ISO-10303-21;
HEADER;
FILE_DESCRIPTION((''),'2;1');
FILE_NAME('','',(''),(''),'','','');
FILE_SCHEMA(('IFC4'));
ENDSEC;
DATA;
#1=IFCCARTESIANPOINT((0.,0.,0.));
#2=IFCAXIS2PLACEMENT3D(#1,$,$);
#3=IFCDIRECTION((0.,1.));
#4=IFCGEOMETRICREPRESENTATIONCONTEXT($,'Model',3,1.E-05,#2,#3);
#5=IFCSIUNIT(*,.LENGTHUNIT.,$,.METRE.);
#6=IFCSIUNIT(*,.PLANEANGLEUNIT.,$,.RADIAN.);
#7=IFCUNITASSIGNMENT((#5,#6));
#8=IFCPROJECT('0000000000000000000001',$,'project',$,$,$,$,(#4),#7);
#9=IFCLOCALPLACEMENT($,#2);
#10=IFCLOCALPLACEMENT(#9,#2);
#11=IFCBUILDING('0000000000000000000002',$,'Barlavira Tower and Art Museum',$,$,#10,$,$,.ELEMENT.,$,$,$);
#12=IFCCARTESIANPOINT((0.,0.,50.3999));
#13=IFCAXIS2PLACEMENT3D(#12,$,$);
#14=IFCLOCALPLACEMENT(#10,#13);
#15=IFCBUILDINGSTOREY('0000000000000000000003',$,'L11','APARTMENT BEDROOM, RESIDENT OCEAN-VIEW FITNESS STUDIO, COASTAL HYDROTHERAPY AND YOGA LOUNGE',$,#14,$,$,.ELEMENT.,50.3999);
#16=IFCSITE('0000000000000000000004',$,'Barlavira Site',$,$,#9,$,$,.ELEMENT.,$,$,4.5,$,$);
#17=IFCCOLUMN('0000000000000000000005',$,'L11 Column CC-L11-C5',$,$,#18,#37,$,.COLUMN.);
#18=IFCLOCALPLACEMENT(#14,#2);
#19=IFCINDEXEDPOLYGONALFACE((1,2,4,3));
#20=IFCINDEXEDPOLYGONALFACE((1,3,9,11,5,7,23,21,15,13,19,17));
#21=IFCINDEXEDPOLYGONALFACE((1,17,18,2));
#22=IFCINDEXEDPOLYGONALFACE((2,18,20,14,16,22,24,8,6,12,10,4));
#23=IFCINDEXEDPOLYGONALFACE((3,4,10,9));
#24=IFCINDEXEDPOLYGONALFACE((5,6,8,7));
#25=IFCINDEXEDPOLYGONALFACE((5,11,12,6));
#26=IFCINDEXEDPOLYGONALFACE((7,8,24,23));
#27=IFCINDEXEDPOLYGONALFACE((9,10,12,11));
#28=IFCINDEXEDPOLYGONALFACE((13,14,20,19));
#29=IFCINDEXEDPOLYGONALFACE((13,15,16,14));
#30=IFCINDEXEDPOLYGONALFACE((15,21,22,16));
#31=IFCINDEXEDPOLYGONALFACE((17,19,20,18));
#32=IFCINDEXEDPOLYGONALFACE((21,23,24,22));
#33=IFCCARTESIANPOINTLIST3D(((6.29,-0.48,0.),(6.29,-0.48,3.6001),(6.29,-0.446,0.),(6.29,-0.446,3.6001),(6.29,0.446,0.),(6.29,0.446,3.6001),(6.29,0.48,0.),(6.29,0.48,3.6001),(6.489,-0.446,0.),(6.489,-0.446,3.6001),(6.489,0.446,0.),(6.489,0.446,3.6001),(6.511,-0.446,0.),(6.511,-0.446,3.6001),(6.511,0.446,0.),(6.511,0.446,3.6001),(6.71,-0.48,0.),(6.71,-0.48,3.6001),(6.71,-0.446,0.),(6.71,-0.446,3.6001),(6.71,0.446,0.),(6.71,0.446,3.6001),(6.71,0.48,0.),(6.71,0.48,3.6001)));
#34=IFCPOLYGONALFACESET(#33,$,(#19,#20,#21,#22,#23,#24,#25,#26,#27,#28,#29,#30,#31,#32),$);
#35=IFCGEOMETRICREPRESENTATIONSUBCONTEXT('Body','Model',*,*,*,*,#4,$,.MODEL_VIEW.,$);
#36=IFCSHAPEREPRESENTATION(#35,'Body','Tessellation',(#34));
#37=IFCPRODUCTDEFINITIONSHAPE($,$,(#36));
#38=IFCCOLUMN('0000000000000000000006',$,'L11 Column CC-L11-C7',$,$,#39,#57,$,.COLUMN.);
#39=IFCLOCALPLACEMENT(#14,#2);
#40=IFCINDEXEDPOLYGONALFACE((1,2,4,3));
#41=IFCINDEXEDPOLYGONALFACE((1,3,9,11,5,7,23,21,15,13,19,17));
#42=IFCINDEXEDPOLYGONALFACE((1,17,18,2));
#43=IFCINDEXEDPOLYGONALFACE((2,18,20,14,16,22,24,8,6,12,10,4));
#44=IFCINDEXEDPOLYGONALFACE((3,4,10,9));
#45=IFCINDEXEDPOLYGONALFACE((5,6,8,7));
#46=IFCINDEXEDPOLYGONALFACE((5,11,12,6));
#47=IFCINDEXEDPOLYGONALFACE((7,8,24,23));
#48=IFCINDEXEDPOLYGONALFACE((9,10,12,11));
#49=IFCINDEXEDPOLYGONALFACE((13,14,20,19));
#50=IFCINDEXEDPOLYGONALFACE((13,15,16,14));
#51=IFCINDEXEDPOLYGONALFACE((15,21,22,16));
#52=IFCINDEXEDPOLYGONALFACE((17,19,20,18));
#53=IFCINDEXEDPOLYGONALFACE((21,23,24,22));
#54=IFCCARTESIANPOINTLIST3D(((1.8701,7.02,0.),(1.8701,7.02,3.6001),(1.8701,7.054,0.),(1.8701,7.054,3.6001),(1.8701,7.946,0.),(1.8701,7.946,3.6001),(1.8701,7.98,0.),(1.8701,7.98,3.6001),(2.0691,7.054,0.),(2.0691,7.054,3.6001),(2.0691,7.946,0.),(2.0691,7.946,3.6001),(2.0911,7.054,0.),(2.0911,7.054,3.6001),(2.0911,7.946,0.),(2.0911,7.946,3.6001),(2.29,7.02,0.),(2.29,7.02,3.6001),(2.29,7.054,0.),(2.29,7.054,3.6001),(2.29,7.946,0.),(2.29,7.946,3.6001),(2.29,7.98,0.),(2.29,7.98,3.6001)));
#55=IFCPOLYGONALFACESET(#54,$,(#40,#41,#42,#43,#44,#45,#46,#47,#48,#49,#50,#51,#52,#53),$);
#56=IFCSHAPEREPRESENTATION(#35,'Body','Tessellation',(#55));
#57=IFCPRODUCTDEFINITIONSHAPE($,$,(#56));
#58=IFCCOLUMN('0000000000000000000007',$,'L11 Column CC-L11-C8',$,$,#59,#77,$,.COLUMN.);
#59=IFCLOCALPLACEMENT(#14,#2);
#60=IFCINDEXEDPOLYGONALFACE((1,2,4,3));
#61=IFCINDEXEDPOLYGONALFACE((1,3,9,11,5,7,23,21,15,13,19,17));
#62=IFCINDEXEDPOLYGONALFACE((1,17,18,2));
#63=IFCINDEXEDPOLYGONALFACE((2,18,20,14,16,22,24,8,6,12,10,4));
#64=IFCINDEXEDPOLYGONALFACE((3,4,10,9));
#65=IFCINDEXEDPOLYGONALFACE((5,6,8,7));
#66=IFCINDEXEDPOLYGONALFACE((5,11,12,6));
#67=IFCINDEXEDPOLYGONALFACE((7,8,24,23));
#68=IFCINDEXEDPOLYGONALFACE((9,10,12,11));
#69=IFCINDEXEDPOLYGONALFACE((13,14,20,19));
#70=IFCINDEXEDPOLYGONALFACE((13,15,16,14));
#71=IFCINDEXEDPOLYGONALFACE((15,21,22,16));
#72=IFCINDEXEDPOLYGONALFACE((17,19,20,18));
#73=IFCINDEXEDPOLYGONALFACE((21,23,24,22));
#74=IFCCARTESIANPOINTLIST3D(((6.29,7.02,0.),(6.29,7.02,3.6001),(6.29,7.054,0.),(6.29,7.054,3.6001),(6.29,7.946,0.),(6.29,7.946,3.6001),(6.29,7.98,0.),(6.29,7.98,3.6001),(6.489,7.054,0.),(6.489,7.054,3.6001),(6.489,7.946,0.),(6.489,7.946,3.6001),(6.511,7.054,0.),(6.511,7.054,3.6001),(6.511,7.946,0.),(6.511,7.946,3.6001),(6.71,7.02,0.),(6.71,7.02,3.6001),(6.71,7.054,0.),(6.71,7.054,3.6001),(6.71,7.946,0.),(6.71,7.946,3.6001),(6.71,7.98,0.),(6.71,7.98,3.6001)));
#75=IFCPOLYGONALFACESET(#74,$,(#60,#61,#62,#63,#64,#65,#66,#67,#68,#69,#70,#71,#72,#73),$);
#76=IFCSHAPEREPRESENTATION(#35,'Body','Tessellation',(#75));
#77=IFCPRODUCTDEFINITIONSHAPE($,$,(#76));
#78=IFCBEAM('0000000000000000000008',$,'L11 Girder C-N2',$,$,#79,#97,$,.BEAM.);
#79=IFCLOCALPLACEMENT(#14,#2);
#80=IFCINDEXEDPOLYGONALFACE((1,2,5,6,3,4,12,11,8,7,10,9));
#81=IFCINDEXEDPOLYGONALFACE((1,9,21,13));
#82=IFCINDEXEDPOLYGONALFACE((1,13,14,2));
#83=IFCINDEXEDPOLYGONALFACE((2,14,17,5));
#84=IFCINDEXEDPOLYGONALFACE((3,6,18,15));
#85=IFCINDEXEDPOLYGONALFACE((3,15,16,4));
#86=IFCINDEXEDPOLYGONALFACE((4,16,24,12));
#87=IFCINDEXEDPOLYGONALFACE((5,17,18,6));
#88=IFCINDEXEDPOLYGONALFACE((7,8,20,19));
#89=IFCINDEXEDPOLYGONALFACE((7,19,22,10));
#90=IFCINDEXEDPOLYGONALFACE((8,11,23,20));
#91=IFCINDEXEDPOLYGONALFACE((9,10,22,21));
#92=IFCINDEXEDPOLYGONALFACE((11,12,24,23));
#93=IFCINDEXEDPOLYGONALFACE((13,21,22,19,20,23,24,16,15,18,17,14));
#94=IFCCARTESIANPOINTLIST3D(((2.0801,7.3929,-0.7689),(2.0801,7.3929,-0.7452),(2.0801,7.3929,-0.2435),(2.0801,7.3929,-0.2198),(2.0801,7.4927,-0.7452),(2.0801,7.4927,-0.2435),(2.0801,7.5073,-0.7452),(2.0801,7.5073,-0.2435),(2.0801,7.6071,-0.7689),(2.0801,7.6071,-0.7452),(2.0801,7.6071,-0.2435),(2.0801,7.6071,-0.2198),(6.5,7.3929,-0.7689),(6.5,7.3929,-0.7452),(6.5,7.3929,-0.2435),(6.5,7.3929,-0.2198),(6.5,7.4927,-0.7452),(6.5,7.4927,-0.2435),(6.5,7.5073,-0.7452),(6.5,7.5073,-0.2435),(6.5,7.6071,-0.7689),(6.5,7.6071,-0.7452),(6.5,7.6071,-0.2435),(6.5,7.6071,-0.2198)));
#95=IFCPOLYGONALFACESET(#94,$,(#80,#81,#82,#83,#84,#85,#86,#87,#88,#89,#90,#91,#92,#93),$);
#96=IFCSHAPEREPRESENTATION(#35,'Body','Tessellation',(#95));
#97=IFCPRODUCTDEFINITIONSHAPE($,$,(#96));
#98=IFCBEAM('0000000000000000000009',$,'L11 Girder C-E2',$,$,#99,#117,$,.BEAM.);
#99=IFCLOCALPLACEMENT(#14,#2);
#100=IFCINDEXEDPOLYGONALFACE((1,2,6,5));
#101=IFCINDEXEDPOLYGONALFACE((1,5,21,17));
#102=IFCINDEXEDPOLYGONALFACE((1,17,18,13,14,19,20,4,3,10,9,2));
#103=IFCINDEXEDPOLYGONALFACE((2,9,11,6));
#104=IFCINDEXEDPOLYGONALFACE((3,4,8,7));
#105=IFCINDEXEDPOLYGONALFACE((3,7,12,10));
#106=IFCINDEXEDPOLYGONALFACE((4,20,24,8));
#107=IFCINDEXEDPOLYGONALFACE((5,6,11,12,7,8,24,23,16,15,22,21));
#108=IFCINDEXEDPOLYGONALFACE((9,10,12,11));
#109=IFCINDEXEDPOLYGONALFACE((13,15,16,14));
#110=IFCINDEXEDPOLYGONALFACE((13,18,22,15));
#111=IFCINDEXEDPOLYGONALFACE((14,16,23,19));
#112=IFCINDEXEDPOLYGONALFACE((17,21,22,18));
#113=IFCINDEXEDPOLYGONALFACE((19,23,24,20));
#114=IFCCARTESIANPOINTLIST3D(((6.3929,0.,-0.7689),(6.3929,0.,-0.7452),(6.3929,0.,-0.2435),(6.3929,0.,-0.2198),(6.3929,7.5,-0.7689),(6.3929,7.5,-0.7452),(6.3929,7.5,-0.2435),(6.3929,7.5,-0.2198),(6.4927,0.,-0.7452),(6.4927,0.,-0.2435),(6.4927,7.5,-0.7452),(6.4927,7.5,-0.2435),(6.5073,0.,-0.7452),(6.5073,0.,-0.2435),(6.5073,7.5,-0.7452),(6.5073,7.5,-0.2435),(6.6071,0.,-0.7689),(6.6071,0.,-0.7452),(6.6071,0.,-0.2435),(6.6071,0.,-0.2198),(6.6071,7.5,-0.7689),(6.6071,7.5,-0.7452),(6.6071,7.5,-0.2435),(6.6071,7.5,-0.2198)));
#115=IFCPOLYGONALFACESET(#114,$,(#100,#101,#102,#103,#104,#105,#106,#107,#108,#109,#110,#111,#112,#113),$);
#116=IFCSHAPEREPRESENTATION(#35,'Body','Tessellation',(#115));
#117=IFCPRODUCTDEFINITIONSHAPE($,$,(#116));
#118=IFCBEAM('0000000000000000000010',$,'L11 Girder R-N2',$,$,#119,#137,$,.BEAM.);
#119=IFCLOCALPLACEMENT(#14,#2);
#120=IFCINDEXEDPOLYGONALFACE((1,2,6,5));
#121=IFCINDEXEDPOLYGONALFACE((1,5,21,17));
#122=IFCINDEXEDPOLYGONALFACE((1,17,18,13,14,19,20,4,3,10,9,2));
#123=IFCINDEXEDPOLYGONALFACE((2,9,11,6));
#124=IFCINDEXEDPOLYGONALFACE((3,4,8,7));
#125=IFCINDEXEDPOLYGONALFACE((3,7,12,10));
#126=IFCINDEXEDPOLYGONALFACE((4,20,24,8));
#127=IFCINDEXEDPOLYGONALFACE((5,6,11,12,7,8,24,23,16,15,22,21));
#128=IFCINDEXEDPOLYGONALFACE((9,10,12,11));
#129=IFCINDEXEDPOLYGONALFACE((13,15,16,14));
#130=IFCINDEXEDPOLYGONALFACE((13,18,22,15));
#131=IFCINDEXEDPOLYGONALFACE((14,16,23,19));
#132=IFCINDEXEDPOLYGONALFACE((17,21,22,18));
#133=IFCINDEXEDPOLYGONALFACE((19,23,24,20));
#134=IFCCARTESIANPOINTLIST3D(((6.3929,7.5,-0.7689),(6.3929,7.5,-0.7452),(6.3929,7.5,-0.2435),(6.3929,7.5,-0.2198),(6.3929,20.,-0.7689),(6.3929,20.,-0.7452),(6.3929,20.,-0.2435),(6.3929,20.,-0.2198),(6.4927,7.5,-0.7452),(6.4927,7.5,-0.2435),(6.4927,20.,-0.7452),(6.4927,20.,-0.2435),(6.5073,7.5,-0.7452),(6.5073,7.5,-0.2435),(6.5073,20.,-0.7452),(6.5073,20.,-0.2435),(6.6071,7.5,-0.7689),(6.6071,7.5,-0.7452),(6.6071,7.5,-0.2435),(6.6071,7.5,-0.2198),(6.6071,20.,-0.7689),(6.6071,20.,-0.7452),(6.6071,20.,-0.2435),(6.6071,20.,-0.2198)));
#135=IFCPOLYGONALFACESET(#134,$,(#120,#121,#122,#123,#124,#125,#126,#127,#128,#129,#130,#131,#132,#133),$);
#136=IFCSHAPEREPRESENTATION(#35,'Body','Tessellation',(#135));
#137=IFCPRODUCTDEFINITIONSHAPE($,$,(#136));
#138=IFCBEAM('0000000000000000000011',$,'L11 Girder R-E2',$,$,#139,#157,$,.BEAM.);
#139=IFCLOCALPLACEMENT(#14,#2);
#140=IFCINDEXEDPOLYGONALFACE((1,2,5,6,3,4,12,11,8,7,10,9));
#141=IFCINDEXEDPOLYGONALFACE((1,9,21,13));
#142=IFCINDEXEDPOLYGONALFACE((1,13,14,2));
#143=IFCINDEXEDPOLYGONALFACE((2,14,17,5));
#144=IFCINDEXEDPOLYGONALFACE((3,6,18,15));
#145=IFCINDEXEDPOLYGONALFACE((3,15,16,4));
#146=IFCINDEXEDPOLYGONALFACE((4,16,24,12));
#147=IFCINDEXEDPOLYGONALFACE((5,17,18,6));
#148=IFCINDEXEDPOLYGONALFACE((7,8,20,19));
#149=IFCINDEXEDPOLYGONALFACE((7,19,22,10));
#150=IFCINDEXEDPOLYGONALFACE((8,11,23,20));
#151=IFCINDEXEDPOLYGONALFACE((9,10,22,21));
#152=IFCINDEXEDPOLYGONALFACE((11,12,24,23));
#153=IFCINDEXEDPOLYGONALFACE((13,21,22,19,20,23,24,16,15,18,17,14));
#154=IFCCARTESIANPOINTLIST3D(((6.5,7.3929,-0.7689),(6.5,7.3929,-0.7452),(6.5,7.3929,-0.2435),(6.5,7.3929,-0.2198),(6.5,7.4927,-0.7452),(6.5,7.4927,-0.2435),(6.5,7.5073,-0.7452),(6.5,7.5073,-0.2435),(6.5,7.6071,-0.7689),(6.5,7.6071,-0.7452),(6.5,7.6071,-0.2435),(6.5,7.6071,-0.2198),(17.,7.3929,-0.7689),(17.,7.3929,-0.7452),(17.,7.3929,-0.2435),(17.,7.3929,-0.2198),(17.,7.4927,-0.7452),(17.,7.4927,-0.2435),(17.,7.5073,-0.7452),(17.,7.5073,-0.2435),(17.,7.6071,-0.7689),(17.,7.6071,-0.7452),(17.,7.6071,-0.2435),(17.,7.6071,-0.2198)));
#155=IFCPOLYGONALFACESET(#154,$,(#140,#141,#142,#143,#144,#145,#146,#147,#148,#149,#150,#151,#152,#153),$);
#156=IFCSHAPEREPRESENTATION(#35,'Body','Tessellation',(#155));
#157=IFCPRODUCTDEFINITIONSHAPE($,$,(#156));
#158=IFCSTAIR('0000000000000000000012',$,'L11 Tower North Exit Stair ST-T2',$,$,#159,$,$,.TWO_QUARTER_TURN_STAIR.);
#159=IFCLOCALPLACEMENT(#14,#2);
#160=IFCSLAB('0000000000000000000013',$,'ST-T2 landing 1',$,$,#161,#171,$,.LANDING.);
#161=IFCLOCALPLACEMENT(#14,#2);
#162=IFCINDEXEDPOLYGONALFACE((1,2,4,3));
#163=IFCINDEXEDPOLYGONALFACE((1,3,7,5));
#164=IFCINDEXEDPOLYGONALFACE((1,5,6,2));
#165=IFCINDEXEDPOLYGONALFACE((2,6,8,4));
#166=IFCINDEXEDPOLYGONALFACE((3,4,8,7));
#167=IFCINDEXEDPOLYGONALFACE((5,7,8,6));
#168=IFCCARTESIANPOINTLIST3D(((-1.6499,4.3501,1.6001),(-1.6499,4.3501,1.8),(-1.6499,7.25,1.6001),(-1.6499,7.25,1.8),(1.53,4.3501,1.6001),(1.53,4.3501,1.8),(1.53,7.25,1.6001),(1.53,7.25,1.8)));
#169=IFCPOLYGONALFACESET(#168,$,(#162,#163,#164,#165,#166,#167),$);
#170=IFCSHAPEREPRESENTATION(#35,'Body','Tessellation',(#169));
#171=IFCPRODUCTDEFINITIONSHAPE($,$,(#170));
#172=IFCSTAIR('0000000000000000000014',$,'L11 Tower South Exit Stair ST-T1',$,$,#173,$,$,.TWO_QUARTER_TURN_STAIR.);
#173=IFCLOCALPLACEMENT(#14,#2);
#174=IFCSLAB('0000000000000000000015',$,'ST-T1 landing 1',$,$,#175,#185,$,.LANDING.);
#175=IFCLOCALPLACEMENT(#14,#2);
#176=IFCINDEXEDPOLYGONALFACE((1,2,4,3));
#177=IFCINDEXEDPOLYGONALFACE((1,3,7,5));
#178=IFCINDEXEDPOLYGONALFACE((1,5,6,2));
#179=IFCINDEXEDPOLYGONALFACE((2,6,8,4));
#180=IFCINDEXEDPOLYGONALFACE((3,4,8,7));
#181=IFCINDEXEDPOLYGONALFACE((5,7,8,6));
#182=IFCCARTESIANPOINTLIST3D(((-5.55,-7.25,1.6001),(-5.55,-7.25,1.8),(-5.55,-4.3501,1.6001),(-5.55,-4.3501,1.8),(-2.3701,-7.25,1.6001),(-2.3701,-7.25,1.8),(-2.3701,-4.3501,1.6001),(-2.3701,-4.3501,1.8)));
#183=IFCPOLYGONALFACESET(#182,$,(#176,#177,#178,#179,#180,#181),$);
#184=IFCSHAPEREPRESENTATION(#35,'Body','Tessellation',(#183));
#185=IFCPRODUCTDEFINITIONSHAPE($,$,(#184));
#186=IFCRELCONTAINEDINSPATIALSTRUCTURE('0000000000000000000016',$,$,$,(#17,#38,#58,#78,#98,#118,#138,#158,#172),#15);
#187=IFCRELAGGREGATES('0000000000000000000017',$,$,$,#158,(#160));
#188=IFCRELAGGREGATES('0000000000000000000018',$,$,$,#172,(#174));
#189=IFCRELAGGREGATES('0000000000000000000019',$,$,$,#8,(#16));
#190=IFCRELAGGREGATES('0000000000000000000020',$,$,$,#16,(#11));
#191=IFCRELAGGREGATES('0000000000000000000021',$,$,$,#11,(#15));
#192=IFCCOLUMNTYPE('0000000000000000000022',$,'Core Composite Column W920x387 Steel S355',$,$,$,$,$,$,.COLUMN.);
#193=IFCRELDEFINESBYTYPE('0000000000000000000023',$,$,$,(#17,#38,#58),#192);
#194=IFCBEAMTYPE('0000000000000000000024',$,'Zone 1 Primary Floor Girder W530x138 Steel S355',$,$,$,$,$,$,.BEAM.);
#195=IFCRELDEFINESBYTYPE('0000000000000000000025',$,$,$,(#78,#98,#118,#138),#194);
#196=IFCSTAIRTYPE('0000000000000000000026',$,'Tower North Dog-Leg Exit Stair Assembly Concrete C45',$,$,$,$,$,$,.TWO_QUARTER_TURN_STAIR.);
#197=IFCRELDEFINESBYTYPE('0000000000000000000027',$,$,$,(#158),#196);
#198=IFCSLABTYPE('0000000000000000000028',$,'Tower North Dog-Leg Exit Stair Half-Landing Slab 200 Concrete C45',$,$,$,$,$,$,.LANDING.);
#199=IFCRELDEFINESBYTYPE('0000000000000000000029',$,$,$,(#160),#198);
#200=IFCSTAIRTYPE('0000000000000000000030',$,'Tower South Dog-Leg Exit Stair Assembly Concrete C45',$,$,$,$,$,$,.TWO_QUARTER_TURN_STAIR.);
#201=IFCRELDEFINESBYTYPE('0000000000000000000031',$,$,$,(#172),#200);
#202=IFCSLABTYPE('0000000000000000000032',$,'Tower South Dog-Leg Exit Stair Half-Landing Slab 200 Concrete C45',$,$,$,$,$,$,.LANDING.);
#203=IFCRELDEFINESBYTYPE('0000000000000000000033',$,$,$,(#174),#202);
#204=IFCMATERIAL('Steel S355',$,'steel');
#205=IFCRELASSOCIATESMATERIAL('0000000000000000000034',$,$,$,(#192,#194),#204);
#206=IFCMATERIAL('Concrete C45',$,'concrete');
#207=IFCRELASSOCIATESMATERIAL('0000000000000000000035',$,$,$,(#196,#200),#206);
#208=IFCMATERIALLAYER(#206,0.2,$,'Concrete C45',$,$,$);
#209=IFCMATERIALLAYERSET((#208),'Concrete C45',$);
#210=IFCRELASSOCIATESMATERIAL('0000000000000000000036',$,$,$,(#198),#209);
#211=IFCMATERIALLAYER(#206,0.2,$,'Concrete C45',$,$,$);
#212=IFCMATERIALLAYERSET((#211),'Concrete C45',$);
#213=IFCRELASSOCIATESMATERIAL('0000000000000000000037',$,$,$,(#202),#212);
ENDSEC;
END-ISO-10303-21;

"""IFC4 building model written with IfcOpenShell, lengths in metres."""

from ifc_helpers import new_model, si_unit, direction, frame, origin, origin_2d, place, context, subcontext, project, spatial, polyline, i_section, outline, extrude, material, layer, layer_set, material_profile, profile_set, type_object, element, aggregate, save


model = new_model("IFC4")

# Units and contexts
model_context = context("Model", 3, precision=1e-05, world=origin(), true_north=direction((0.0, 1.0)))
body_context = subcontext(model_context, "Body", "Model", "MODEL_VIEW")
ifc_project = project(units=[si_unit("LENGTHUNIT", "METRE"), si_unit("PLANEANGLEUNIT", "RADIAN")], contexts=[model_context])

# Site, building, storey
site_placement = place(None, origin())
site = spatial("IfcSite", under=ifc_project, at=site_placement, Name="Barlavira Site", CompositionType="ELEMENT", RefElevation=4.5)
building_placement = place(site_placement, origin())
building = spatial("IfcBuilding", under=site, at=building_placement, Name="Barlavira Tower and Art Museum", CompositionType="ELEMENT")
storey_placement = place(building_placement, frame((0.0, 0.0, 50.3999)))
storey = spatial("IfcBuildingStorey", under=building, at=storey_placement, Name="L11", Description="APARTMENT BEDROOM, RESIDENT OCEAN-VIEW FITNESS STUDIO, COASTAL HYDROTHERAPY AND YOGA LOUNGE", CompositionType="ELEMENT", Elevation=50.3999)

# Columns
ifc_material_1 = material(Name="Steel S355", Category="steel")
ifc_material_profile_1 = material_profile(ifc_material_1, i_section(OverallWidth=0.4199, OverallDepth=0.96, WebThickness=0.022, FlangeThickness=0.0339, at=origin_2d()), Name="W920x387.0")
ifc_profile_set_1 = profile_set([ifc_material_profile_1], Name="Steel S355")
column_type = type_object("IfcColumnType", Name="Core Composite Column W920x387 Steel S355", PredefinedType="COLUMN", material=ifc_profile_set_1)
for number, where, z_axis, x_axis, name in (
    (1, (6.5, 0.0, 0.0), (0.0, 0.0, 1.0), (1.0, 0.0, 0.0), "L11 Column CC-L11-C5"),
    (2, (2.0801, 7.5, 0.0), (0.0, 0.0, 1.0), (1.0, 0.0, 0.0), "L11 Column CC-L11-C7"),
    (3, (6.5, 7.5, 0.0), (0.0, 0.0, 1.0), (1.0, 0.0, 0.0), "L11 Column CC-L11-C8"),
):
    element("IfcColumn", number, at=place(storey_placement, frame(where, z_axis=z_axis, x_axis=x_axis)), inside=storey, type_object=column_type, Name=name, PredefinedType="COLUMN", context=body_context, shape_type="SweptSolid", body=[
        extrude(i_section(OverallWidth=0.4199, OverallDepth=0.96, WebThickness=0.022, FlangeThickness=0.0339, at=origin_2d()), origin(), (0.0, 0.0, 1.0), 3.6001),
    ])

# Beams
ifc_material_profile_2 = material_profile(ifc_material_1, i_section(OverallWidth=0.2141, OverallDepth=0.5491, WebThickness=0.0146, FlangeThickness=0.0237, at=origin_2d()), Name="W530x138.0")
ifc_profile_set_2 = profile_set([ifc_material_profile_2], Name="Steel S355")
beam_type = type_object("IfcBeamType", Name="Zone 1 Primary Floor Girder W530x138 Steel S355", PredefinedType="BEAM", material=ifc_profile_set_2)
beam_1_placement = place(storey_placement, frame((2.0801, 7.5, -0.4944), z_axis=(1.0, 0.0, 0.0), x_axis=(0.0, 1.0, 0.0)))
element("IfcBeam", 4, at=beam_1_placement, inside=storey, type_object=beam_type, Name="L11 Girder C-N2", PredefinedType="BEAM", context=body_context, shape_type="SweptSolid", body=[
    extrude(i_section(OverallWidth=0.2141, OverallDepth=0.5491, WebThickness=0.0146, FlangeThickness=0.0237, at=origin_2d()), origin(), (0.0, 0.0, 1.0), 4.4199),
])
beam_2_placement = place(storey_placement, frame((6.5, 0.0, -0.4944), z_axis=(0.0, 1.0, 0.0), x_axis=(-1.0, 0.0, 0.0)))
element("IfcBeam", 5, at=beam_2_placement, inside=storey, type_object=beam_type, Name="L11 Girder C-E2", PredefinedType="BEAM", context=body_context, shape_type="SweptSolid", body=[
    extrude(i_section(OverallWidth=0.2141, OverallDepth=0.5491, WebThickness=0.0146, FlangeThickness=0.0237, at=origin_2d()), origin(), (0.0, 0.0, 1.0), 7.5),
])
beam_3_placement = place(storey_placement, frame((6.5, 7.5, -0.4944), z_axis=(0.0, 1.0, 0.0), x_axis=(-1.0, 0.0, 0.0)))
element("IfcBeam", 6, at=beam_3_placement, inside=storey, type_object=beam_type, Name="L11 Girder R-N2", PredefinedType="BEAM", context=body_context, shape_type="SweptSolid", body=[
    extrude(i_section(OverallWidth=0.2141, OverallDepth=0.5491, WebThickness=0.0146, FlangeThickness=0.0237, at=origin_2d()), origin(), (0.0, 0.0, 1.0), 12.5),
])
beam_4_placement = place(storey_placement, frame((6.5, 7.5, -0.4944), z_axis=(1.0, 0.0, 0.0), x_axis=(0.0, 1.0, 0.0)))
element("IfcBeam", 7, at=beam_4_placement, inside=storey, type_object=beam_type, Name="L11 Girder R-E2", PredefinedType="BEAM", context=body_context, shape_type="SweptSolid", body=[
    extrude(i_section(OverallWidth=0.2141, OverallDepth=0.5491, WebThickness=0.0146, FlangeThickness=0.0237, at=origin_2d()), origin(), (0.0, 0.0, 1.0), 10.5),
])

# Stairs, slabs
ifc_material_2 = material(Name="Concrete C45", Category="concrete")
stair_type_1 = type_object("IfcStairType", Name="Tower North Dog-Leg Exit Stair Assembly Concrete C45", PredefinedType="TWO_QUARTER_TURN_STAIR", material=ifc_material_2)
stair_1_placement = place(storey_placement, origin())
stair_1 = element("IfcStair", 8, at=stair_1_placement, inside=storey, type_object=stair_type_1, Name="L11 Tower North Exit Stair ST-T2", PredefinedType="TWO_QUARTER_TURN_STAIR")
ifc_layer_1 = layer(ifc_material_2, 0.2, Name="Concrete C45")
ifc_layer_set_1 = layer_set([ifc_layer_1], Name="Concrete C45")
slab_type_1 = type_object("IfcSlabType", Name="Tower North Dog-Leg Exit Stair Half-Landing Slab 200 Concrete C45", PredefinedType="LANDING", material=ifc_layer_set_1)
slab_1_placement = place(storey_placement, frame((0.0, 0.0, 1.6001)))
slab_1 = element("IfcSlab", 9, at=slab_1_placement, type_object=slab_type_1, Name="ST-T2 landing 1", PredefinedType="LANDING", context=body_context, shape_type="SweptSolid", body=[
    extrude(outline(polyline([(-1.6499, 4.3501), (1.53, 4.3501), (1.53, 7.25), (-1.6499, 7.25), (-1.6499, 4.3501)])), origin(), (0.0, 0.0, 1.0), 0.2),
])
aggregate(stair_1, [slab_1])
stair_type_2 = type_object("IfcStairType", Name="Tower South Dog-Leg Exit Stair Assembly Concrete C45", PredefinedType="TWO_QUARTER_TURN_STAIR", material=ifc_material_2)
stair_2_placement = place(storey_placement, origin())
stair_2 = element("IfcStair", 10, at=stair_2_placement, inside=storey, type_object=stair_type_2, Name="L11 Tower South Exit Stair ST-T1", PredefinedType="TWO_QUARTER_TURN_STAIR")
ifc_layer_2 = layer(ifc_material_2, 0.2, Name="Concrete C45")
ifc_layer_set_2 = layer_set([ifc_layer_2], Name="Concrete C45")
slab_type_2 = type_object("IfcSlabType", Name="Tower South Dog-Leg Exit Stair Half-Landing Slab 200 Concrete C45", PredefinedType="LANDING", material=ifc_layer_set_2)
slab_2_placement = place(storey_placement, frame((0.0, 0.0, 1.6001)))
slab_2 = element("IfcSlab", 11, at=slab_2_placement, type_object=slab_type_2, Name="ST-T1 landing 1", PredefinedType="LANDING", context=body_context, shape_type="SweptSolid", body=[
    extrude(outline(polyline([(-2.3701, -4.3501), (-5.55, -4.3501), (-5.55, -7.25), (-2.3701, -7.25), (-2.3701, -4.3501)])), origin(), (0.0, 0.0, 1.0), 0.2),
])
aggregate(stair_2, [slab_2])

save(model, "model.ifc")
